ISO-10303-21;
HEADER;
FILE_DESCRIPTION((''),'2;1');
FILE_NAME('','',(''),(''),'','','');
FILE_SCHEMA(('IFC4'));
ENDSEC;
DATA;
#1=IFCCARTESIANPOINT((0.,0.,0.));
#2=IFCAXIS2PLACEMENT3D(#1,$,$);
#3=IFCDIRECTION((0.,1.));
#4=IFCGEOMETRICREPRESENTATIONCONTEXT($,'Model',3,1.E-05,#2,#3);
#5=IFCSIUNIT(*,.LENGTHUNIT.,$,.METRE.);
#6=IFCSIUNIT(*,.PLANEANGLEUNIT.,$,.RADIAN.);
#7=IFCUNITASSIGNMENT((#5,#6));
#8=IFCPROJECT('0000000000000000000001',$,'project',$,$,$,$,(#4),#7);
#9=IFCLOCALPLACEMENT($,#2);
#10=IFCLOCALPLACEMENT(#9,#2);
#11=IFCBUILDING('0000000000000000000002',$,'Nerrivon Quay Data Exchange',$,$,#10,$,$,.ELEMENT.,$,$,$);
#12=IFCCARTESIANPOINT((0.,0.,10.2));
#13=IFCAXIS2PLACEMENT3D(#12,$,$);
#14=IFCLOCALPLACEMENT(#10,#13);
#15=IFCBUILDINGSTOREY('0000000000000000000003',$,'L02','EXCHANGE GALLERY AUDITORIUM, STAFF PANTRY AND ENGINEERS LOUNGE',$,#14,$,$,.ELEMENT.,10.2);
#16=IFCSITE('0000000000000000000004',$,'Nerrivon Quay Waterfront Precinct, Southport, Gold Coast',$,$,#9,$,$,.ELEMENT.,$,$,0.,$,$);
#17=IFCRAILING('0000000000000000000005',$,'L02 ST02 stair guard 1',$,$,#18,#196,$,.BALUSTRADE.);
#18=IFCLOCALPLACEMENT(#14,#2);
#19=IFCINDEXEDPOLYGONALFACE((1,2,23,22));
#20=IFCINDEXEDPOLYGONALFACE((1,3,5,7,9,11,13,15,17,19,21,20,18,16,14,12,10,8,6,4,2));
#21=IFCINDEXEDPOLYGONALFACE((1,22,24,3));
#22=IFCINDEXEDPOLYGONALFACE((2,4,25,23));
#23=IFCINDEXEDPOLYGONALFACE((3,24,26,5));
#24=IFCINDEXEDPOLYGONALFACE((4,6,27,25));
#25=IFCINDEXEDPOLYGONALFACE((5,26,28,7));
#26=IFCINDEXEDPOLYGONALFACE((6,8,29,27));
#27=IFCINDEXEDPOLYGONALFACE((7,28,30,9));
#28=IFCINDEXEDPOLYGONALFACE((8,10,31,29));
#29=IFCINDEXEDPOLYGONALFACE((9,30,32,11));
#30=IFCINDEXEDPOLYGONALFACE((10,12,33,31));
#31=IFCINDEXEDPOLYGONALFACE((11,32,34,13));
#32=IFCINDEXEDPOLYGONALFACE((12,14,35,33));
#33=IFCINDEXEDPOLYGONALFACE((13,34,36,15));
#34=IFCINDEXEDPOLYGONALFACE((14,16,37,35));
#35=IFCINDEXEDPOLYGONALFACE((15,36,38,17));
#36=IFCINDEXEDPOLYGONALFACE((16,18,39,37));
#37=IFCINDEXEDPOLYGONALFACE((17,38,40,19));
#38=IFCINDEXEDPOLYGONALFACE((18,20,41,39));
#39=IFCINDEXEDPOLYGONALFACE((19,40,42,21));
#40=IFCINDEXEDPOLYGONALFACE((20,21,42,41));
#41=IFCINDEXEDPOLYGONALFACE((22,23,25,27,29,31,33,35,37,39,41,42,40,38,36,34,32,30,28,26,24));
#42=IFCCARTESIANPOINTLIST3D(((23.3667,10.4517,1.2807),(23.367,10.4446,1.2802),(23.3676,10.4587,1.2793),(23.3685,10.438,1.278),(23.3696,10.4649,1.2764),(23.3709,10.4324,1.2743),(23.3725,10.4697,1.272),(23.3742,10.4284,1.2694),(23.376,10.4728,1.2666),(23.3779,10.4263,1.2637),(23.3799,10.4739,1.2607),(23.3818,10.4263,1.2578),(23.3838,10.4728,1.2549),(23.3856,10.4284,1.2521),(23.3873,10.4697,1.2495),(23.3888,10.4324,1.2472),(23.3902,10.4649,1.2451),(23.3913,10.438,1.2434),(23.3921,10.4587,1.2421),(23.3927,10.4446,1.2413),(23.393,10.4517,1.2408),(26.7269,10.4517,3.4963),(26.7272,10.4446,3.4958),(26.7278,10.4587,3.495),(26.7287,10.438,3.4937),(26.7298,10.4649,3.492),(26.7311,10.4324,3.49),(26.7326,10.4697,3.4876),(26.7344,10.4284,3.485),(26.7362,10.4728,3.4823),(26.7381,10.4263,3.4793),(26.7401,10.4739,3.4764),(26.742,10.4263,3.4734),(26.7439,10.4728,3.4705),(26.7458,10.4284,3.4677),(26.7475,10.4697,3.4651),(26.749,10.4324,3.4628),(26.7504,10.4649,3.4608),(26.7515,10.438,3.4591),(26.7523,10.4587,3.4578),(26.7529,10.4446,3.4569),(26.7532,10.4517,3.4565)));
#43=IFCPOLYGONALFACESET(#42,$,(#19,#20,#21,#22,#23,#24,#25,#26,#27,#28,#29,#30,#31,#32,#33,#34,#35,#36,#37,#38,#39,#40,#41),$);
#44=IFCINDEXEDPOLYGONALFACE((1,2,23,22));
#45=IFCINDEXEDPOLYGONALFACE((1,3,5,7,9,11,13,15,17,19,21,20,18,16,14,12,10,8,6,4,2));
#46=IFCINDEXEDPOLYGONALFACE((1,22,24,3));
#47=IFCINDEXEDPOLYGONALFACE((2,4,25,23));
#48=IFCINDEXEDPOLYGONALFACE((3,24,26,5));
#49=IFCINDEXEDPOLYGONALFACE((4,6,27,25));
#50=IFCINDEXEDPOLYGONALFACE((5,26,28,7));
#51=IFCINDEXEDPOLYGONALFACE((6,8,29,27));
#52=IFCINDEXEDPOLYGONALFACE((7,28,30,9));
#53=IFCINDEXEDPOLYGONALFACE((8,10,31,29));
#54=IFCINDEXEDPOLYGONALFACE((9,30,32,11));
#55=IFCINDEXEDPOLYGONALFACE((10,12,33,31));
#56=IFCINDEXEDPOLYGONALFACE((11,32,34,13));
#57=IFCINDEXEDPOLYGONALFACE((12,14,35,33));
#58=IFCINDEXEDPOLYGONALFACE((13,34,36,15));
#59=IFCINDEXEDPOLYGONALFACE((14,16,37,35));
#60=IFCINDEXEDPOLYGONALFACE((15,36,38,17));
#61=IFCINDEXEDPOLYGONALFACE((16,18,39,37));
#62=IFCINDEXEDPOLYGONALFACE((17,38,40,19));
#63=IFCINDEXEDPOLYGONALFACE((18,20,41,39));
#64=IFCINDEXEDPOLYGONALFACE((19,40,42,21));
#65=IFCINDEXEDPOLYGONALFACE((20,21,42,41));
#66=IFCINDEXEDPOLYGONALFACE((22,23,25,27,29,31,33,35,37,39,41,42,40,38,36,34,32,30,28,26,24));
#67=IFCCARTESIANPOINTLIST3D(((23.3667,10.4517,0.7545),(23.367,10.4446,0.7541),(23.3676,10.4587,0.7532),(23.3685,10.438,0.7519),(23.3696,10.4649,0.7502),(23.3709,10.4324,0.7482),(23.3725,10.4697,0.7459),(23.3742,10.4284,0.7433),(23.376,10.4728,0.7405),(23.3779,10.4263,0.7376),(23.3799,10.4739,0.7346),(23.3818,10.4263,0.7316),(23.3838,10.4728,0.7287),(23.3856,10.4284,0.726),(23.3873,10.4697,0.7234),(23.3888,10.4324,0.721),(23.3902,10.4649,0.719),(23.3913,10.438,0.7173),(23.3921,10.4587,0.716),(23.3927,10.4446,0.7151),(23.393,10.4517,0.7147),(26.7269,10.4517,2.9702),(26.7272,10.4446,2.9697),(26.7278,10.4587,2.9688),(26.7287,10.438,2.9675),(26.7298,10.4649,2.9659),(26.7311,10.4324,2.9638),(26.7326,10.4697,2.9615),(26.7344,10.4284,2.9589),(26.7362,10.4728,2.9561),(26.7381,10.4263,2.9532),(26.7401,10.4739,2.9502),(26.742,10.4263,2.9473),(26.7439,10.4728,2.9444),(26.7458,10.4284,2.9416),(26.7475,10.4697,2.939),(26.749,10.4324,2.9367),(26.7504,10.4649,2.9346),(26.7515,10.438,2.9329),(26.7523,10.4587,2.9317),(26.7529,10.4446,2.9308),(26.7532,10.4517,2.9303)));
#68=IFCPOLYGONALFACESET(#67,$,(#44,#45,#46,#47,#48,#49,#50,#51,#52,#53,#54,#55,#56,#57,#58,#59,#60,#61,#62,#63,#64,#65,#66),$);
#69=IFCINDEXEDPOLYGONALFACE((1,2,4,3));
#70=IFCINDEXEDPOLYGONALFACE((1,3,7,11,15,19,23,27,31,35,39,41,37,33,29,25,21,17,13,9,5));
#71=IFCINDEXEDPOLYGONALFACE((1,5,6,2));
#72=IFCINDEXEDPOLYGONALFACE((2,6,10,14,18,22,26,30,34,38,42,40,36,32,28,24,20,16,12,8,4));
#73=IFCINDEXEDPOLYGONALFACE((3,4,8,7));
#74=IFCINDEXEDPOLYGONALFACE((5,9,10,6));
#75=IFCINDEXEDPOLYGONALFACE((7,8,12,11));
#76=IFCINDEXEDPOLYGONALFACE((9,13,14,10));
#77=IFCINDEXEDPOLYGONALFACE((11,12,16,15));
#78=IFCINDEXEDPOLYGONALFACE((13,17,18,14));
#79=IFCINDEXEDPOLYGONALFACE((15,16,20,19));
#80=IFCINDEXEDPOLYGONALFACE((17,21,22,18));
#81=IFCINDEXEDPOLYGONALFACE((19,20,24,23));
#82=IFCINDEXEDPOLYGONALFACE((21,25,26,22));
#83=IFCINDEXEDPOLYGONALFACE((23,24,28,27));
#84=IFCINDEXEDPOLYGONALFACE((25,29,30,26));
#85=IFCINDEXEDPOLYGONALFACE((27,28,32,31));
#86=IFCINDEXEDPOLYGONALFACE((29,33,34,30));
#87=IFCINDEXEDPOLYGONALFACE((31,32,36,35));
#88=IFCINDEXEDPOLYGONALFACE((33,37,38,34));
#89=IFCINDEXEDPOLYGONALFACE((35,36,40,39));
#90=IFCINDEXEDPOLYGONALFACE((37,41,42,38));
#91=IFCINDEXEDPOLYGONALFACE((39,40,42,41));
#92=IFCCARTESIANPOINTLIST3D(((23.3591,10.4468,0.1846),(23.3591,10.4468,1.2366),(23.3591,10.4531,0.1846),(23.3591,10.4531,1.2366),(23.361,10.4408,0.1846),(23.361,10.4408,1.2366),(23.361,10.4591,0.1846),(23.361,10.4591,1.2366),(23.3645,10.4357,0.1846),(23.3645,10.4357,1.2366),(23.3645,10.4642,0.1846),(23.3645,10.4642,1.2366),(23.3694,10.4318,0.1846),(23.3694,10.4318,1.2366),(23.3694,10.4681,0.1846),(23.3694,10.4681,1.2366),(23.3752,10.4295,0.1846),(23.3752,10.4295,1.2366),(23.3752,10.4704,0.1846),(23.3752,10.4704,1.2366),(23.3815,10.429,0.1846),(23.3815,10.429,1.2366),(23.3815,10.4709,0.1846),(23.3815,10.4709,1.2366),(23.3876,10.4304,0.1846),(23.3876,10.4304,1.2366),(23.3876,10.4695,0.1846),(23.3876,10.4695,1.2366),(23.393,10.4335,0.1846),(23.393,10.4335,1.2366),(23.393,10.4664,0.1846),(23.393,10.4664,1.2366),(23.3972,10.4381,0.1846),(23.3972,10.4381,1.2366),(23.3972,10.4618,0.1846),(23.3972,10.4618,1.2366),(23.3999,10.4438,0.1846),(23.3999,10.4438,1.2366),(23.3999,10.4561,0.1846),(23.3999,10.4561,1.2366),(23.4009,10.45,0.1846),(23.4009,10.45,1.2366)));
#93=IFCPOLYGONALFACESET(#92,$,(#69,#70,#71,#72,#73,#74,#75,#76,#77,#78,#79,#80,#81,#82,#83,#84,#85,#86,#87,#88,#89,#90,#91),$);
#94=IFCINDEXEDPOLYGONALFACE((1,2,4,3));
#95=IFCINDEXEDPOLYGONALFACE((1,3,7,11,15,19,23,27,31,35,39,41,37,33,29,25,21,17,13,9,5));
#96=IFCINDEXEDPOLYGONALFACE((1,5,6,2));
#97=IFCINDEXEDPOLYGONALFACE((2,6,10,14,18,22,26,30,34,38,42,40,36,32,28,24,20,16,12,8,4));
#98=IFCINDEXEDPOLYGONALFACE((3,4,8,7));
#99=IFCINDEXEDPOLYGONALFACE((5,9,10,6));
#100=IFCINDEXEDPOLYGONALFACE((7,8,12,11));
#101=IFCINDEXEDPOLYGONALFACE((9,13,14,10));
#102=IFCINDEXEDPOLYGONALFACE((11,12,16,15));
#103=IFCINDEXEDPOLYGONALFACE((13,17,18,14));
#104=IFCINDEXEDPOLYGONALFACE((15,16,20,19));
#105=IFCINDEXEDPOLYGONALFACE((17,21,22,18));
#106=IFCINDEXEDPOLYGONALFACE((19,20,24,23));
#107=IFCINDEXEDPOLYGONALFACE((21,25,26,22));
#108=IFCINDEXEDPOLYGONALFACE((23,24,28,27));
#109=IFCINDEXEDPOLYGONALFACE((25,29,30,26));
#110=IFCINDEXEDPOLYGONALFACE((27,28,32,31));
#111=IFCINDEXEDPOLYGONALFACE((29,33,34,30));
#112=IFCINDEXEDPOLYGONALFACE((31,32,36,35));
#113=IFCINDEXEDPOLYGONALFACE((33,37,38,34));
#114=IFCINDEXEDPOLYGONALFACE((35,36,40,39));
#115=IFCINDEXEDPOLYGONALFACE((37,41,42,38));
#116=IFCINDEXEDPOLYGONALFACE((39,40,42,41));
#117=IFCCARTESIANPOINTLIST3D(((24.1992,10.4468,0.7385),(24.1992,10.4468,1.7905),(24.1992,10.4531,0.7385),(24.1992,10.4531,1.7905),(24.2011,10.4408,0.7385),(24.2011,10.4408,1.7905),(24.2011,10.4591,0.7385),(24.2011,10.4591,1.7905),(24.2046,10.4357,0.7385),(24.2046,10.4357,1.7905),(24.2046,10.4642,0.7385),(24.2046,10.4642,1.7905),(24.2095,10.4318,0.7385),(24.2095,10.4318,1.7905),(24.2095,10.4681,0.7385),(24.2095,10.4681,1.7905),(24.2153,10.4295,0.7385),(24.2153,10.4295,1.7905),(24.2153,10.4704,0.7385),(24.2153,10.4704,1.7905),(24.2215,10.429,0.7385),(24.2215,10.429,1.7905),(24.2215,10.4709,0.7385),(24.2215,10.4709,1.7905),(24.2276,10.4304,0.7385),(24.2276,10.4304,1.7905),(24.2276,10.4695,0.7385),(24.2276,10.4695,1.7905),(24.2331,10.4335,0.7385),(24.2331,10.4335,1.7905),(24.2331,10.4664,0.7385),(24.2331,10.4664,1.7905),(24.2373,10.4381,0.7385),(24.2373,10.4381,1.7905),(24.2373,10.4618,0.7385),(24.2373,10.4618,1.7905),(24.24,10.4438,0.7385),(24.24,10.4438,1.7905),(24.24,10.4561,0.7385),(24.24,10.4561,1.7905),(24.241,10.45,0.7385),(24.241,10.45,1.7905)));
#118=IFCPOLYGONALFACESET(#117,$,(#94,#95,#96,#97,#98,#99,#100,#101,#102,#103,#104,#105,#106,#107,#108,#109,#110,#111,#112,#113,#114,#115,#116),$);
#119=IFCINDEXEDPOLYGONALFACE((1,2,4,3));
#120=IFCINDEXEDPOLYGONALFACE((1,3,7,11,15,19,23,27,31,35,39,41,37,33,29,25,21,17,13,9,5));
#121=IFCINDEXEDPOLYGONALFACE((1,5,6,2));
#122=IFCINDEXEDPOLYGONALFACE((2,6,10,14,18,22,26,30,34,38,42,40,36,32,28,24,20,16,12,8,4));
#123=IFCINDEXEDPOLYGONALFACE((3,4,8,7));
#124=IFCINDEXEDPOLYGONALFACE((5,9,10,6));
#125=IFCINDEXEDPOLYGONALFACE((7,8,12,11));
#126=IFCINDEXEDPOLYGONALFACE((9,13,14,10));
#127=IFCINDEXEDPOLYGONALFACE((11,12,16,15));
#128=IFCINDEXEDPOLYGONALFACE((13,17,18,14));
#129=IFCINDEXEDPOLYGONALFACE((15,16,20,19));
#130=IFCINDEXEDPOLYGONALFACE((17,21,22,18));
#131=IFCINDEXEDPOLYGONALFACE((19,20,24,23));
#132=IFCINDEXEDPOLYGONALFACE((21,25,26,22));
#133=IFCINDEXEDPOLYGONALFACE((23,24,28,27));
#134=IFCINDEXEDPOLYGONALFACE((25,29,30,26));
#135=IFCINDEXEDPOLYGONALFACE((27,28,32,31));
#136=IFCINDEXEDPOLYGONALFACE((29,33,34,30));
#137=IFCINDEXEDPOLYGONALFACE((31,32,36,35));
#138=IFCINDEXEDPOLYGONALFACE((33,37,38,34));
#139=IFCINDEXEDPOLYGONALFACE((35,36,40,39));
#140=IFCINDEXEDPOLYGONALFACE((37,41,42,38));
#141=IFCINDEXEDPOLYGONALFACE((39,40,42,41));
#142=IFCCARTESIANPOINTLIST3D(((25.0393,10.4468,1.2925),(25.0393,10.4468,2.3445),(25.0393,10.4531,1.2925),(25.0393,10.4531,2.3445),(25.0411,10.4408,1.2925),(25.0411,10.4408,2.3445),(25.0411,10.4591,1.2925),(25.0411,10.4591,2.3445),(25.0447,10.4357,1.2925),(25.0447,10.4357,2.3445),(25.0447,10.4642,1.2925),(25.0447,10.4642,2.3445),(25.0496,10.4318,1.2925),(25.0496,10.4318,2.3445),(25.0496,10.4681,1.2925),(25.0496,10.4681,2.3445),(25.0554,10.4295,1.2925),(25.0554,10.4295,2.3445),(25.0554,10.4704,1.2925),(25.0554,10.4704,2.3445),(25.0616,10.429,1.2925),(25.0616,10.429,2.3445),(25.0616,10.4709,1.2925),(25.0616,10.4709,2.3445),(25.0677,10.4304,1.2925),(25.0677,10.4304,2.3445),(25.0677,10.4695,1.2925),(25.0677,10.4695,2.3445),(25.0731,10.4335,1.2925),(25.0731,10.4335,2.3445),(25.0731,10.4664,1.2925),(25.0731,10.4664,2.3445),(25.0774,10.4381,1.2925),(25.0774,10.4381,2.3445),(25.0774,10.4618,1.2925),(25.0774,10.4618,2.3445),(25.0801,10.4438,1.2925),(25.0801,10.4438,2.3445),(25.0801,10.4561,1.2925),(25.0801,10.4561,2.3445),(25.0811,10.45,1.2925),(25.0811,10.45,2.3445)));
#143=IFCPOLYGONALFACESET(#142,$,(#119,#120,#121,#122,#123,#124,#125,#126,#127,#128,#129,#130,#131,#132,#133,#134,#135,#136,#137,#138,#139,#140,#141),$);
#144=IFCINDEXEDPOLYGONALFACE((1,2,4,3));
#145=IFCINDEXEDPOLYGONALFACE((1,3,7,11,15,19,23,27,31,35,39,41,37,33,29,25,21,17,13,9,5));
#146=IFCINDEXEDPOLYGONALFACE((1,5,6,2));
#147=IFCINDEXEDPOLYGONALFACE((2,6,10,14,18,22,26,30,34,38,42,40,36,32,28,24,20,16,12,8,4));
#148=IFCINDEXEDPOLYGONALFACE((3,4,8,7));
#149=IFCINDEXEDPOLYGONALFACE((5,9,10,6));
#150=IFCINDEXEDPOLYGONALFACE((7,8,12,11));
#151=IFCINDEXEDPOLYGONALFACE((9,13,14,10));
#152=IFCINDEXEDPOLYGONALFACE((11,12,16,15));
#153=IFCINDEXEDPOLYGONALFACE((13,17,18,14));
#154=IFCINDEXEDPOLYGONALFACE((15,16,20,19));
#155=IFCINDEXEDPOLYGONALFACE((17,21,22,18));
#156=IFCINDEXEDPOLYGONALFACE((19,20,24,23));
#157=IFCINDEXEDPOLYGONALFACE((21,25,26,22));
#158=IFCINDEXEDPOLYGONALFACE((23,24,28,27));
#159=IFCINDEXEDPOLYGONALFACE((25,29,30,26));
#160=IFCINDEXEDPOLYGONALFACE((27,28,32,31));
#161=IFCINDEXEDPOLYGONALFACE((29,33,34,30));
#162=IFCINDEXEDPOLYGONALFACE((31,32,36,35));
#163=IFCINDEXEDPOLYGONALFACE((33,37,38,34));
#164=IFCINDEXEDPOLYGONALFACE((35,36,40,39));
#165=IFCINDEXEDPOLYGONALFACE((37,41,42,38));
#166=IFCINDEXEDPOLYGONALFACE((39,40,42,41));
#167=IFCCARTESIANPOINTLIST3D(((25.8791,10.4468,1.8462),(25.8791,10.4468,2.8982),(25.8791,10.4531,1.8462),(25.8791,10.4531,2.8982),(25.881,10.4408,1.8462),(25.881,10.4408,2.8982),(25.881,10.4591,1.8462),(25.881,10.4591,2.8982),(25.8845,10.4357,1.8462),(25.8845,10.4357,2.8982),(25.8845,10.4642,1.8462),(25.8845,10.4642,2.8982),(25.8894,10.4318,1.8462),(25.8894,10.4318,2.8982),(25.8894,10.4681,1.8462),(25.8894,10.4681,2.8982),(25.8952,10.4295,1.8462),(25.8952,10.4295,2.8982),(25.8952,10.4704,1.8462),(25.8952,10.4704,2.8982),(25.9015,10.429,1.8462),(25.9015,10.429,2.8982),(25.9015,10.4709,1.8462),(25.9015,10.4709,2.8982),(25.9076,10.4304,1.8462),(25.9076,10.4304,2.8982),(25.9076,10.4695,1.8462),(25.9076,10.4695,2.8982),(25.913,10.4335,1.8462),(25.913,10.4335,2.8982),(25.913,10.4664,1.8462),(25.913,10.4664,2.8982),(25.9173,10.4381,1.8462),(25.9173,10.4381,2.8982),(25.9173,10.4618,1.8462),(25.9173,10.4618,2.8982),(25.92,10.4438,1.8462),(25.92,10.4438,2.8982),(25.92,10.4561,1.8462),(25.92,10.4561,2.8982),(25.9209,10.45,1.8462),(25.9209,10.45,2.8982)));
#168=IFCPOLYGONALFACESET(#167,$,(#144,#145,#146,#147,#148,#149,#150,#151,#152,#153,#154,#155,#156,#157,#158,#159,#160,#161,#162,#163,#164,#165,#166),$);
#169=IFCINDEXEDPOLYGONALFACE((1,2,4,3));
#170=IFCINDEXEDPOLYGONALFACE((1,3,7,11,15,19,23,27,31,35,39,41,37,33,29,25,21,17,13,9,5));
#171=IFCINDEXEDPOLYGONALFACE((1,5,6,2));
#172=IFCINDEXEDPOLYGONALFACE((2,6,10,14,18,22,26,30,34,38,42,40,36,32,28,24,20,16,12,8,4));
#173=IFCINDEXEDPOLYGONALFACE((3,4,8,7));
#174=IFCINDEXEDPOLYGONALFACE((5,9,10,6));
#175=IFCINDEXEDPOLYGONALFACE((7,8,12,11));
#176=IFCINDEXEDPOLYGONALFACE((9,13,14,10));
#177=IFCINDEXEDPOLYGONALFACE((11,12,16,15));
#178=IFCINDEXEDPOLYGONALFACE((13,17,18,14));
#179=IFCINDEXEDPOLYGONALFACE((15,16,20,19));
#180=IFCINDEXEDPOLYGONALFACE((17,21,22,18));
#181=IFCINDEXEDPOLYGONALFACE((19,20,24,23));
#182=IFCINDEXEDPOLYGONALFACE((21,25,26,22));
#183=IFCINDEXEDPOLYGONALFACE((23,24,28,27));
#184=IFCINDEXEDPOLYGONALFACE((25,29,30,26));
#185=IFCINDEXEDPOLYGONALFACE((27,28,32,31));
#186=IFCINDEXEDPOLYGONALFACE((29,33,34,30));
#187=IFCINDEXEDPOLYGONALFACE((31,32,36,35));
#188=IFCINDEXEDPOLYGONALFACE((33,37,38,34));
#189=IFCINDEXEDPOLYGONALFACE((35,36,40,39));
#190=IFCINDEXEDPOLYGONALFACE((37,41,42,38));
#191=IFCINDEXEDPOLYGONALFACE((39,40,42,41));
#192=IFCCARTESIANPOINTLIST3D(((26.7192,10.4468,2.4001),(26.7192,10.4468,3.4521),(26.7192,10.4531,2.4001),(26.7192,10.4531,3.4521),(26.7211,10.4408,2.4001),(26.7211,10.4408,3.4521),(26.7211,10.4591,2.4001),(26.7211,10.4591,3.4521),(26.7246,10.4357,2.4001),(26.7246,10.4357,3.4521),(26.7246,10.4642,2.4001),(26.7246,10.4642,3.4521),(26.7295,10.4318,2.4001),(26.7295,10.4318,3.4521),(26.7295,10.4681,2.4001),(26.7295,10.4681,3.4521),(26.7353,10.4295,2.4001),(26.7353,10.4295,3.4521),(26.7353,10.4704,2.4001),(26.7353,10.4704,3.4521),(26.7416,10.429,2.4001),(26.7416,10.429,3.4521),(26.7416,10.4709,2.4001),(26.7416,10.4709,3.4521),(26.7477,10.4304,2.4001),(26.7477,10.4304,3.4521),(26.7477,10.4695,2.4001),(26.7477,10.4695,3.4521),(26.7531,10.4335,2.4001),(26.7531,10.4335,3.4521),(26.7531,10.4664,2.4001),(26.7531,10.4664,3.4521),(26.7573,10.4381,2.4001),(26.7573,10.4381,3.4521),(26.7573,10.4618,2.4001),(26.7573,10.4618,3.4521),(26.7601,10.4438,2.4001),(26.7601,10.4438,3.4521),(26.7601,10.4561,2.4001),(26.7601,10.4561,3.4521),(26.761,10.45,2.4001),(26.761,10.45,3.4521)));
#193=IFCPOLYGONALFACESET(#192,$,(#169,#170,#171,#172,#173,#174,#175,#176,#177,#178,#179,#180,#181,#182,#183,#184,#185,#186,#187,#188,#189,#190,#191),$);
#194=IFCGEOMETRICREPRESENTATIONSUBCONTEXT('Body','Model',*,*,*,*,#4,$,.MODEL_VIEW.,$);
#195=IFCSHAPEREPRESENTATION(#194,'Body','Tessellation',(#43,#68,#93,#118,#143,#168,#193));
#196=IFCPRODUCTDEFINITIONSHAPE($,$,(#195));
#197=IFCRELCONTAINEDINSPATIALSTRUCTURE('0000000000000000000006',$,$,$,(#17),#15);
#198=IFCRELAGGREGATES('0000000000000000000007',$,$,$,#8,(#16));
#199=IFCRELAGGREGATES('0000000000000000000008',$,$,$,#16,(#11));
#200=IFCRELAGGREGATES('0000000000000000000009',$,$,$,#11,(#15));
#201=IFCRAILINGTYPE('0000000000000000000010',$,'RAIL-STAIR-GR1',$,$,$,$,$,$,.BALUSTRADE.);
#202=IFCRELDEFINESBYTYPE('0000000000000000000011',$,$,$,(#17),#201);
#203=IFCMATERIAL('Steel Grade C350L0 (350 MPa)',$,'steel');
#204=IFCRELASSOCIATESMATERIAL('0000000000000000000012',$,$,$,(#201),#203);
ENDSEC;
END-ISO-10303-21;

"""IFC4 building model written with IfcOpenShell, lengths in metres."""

from ifc_helpers import new_model, si_unit, direction, frame, origin, origin_2d, place, context, subcontext, project, spatial, circle, extrude, material, type_object, element, save


model = new_model("IFC4")

# Units and contexts
model_context = context("Model", 3, precision=1e-05, world=origin(), true_north=direction((0.0, 1.0)))
body_context = subcontext(model_context, "Body", "Model", "MODEL_VIEW")
ifc_project = project(units=[si_unit("LENGTHUNIT", "METRE"), si_unit("PLANEANGLEUNIT", "RADIAN")], contexts=[model_context])

# Site, building, storey
site_placement = place(None, origin())
site = spatial("IfcSite", under=ifc_project, at=site_placement, Name="Nerrivon Quay Waterfront Precinct, Southport, Gold Coast", CompositionType="ELEMENT", RefElevation=0.0)
building_placement = place(site_placement, origin())
building = spatial("IfcBuilding", under=site, at=building_placement, Name="Nerrivon Quay Data Exchange", CompositionType="ELEMENT")
storey_placement = place(building_placement, frame((0.0, 0.0, 10.2)))
storey = spatial("IfcBuildingStorey", under=building, at=storey_placement, Name="L02", Description="EXCHANGE GALLERY AUDITORIUM, STAFF PANTRY AND ENGINEERS LOUNGE", CompositionType="ELEMENT", Elevation=10.2)

# Railing
ifc_material_1 = material(Name="Steel Grade C350L0 (350 MPa)", Category="steel")
railing_type_1 = type_object("IfcRailingType", Name="RAIL-STAIR-GR1", PredefinedType="BALUSTRADE", material=ifc_material_1)
railing_1_placement = place(storey_placement, frame((23.3799, 10.45, 0.1846)))
element("IfcRailing", 1, at=railing_1_placement, inside=storey, type_object=railing_type_1, Name="L02 ST02 stair guard 1", PredefinedType="BALUSTRADE", context=body_context, shape_type="SweptSolid", body=[
    extrude(circle(Radius=0.0239, at=origin_2d()), frame((0.0, 0.0, 1.0762), z_axis=(0.834849, 0.0, 0.55048), x_axis=(0.0, 1.0, 0.0)), (0.0, 0.0, 1.0), 4.0249),
    extrude(circle(Radius=0.0239, at=origin_2d()), frame((0.0, 0.0, 0.55), z_axis=(0.834849, 0.0, 0.55048), x_axis=(0.0, 1.0, 0.0)), (0.0, 0.0, 1.0), 4.0249),
    extrude(circle(Radius=0.021, at=origin_2d()), origin(), (0.0, 0.0, 1.0), 1.052),
    extrude(circle(Radius=0.021, at=origin_2d()), frame((0.8401, 0.0, 0.554)), (0.0, 0.0, 1.0), 1.052),
    extrude(circle(Radius=0.021, at=origin_2d()), frame((1.6802, 0.0, 1.1079)), (0.0, 0.0, 1.0), 1.052),
    extrude(circle(Radius=0.021, at=origin_2d()), frame((2.52, 0.0, 1.6616)), (0.0, 0.0, 1.0), 1.052),
    extrude(circle(Radius=0.021, at=origin_2d()), frame((3.3601, 0.0, 2.2156)), (0.0, 0.0, 1.0), 1.052),
])

save(model, "model.ifc")
